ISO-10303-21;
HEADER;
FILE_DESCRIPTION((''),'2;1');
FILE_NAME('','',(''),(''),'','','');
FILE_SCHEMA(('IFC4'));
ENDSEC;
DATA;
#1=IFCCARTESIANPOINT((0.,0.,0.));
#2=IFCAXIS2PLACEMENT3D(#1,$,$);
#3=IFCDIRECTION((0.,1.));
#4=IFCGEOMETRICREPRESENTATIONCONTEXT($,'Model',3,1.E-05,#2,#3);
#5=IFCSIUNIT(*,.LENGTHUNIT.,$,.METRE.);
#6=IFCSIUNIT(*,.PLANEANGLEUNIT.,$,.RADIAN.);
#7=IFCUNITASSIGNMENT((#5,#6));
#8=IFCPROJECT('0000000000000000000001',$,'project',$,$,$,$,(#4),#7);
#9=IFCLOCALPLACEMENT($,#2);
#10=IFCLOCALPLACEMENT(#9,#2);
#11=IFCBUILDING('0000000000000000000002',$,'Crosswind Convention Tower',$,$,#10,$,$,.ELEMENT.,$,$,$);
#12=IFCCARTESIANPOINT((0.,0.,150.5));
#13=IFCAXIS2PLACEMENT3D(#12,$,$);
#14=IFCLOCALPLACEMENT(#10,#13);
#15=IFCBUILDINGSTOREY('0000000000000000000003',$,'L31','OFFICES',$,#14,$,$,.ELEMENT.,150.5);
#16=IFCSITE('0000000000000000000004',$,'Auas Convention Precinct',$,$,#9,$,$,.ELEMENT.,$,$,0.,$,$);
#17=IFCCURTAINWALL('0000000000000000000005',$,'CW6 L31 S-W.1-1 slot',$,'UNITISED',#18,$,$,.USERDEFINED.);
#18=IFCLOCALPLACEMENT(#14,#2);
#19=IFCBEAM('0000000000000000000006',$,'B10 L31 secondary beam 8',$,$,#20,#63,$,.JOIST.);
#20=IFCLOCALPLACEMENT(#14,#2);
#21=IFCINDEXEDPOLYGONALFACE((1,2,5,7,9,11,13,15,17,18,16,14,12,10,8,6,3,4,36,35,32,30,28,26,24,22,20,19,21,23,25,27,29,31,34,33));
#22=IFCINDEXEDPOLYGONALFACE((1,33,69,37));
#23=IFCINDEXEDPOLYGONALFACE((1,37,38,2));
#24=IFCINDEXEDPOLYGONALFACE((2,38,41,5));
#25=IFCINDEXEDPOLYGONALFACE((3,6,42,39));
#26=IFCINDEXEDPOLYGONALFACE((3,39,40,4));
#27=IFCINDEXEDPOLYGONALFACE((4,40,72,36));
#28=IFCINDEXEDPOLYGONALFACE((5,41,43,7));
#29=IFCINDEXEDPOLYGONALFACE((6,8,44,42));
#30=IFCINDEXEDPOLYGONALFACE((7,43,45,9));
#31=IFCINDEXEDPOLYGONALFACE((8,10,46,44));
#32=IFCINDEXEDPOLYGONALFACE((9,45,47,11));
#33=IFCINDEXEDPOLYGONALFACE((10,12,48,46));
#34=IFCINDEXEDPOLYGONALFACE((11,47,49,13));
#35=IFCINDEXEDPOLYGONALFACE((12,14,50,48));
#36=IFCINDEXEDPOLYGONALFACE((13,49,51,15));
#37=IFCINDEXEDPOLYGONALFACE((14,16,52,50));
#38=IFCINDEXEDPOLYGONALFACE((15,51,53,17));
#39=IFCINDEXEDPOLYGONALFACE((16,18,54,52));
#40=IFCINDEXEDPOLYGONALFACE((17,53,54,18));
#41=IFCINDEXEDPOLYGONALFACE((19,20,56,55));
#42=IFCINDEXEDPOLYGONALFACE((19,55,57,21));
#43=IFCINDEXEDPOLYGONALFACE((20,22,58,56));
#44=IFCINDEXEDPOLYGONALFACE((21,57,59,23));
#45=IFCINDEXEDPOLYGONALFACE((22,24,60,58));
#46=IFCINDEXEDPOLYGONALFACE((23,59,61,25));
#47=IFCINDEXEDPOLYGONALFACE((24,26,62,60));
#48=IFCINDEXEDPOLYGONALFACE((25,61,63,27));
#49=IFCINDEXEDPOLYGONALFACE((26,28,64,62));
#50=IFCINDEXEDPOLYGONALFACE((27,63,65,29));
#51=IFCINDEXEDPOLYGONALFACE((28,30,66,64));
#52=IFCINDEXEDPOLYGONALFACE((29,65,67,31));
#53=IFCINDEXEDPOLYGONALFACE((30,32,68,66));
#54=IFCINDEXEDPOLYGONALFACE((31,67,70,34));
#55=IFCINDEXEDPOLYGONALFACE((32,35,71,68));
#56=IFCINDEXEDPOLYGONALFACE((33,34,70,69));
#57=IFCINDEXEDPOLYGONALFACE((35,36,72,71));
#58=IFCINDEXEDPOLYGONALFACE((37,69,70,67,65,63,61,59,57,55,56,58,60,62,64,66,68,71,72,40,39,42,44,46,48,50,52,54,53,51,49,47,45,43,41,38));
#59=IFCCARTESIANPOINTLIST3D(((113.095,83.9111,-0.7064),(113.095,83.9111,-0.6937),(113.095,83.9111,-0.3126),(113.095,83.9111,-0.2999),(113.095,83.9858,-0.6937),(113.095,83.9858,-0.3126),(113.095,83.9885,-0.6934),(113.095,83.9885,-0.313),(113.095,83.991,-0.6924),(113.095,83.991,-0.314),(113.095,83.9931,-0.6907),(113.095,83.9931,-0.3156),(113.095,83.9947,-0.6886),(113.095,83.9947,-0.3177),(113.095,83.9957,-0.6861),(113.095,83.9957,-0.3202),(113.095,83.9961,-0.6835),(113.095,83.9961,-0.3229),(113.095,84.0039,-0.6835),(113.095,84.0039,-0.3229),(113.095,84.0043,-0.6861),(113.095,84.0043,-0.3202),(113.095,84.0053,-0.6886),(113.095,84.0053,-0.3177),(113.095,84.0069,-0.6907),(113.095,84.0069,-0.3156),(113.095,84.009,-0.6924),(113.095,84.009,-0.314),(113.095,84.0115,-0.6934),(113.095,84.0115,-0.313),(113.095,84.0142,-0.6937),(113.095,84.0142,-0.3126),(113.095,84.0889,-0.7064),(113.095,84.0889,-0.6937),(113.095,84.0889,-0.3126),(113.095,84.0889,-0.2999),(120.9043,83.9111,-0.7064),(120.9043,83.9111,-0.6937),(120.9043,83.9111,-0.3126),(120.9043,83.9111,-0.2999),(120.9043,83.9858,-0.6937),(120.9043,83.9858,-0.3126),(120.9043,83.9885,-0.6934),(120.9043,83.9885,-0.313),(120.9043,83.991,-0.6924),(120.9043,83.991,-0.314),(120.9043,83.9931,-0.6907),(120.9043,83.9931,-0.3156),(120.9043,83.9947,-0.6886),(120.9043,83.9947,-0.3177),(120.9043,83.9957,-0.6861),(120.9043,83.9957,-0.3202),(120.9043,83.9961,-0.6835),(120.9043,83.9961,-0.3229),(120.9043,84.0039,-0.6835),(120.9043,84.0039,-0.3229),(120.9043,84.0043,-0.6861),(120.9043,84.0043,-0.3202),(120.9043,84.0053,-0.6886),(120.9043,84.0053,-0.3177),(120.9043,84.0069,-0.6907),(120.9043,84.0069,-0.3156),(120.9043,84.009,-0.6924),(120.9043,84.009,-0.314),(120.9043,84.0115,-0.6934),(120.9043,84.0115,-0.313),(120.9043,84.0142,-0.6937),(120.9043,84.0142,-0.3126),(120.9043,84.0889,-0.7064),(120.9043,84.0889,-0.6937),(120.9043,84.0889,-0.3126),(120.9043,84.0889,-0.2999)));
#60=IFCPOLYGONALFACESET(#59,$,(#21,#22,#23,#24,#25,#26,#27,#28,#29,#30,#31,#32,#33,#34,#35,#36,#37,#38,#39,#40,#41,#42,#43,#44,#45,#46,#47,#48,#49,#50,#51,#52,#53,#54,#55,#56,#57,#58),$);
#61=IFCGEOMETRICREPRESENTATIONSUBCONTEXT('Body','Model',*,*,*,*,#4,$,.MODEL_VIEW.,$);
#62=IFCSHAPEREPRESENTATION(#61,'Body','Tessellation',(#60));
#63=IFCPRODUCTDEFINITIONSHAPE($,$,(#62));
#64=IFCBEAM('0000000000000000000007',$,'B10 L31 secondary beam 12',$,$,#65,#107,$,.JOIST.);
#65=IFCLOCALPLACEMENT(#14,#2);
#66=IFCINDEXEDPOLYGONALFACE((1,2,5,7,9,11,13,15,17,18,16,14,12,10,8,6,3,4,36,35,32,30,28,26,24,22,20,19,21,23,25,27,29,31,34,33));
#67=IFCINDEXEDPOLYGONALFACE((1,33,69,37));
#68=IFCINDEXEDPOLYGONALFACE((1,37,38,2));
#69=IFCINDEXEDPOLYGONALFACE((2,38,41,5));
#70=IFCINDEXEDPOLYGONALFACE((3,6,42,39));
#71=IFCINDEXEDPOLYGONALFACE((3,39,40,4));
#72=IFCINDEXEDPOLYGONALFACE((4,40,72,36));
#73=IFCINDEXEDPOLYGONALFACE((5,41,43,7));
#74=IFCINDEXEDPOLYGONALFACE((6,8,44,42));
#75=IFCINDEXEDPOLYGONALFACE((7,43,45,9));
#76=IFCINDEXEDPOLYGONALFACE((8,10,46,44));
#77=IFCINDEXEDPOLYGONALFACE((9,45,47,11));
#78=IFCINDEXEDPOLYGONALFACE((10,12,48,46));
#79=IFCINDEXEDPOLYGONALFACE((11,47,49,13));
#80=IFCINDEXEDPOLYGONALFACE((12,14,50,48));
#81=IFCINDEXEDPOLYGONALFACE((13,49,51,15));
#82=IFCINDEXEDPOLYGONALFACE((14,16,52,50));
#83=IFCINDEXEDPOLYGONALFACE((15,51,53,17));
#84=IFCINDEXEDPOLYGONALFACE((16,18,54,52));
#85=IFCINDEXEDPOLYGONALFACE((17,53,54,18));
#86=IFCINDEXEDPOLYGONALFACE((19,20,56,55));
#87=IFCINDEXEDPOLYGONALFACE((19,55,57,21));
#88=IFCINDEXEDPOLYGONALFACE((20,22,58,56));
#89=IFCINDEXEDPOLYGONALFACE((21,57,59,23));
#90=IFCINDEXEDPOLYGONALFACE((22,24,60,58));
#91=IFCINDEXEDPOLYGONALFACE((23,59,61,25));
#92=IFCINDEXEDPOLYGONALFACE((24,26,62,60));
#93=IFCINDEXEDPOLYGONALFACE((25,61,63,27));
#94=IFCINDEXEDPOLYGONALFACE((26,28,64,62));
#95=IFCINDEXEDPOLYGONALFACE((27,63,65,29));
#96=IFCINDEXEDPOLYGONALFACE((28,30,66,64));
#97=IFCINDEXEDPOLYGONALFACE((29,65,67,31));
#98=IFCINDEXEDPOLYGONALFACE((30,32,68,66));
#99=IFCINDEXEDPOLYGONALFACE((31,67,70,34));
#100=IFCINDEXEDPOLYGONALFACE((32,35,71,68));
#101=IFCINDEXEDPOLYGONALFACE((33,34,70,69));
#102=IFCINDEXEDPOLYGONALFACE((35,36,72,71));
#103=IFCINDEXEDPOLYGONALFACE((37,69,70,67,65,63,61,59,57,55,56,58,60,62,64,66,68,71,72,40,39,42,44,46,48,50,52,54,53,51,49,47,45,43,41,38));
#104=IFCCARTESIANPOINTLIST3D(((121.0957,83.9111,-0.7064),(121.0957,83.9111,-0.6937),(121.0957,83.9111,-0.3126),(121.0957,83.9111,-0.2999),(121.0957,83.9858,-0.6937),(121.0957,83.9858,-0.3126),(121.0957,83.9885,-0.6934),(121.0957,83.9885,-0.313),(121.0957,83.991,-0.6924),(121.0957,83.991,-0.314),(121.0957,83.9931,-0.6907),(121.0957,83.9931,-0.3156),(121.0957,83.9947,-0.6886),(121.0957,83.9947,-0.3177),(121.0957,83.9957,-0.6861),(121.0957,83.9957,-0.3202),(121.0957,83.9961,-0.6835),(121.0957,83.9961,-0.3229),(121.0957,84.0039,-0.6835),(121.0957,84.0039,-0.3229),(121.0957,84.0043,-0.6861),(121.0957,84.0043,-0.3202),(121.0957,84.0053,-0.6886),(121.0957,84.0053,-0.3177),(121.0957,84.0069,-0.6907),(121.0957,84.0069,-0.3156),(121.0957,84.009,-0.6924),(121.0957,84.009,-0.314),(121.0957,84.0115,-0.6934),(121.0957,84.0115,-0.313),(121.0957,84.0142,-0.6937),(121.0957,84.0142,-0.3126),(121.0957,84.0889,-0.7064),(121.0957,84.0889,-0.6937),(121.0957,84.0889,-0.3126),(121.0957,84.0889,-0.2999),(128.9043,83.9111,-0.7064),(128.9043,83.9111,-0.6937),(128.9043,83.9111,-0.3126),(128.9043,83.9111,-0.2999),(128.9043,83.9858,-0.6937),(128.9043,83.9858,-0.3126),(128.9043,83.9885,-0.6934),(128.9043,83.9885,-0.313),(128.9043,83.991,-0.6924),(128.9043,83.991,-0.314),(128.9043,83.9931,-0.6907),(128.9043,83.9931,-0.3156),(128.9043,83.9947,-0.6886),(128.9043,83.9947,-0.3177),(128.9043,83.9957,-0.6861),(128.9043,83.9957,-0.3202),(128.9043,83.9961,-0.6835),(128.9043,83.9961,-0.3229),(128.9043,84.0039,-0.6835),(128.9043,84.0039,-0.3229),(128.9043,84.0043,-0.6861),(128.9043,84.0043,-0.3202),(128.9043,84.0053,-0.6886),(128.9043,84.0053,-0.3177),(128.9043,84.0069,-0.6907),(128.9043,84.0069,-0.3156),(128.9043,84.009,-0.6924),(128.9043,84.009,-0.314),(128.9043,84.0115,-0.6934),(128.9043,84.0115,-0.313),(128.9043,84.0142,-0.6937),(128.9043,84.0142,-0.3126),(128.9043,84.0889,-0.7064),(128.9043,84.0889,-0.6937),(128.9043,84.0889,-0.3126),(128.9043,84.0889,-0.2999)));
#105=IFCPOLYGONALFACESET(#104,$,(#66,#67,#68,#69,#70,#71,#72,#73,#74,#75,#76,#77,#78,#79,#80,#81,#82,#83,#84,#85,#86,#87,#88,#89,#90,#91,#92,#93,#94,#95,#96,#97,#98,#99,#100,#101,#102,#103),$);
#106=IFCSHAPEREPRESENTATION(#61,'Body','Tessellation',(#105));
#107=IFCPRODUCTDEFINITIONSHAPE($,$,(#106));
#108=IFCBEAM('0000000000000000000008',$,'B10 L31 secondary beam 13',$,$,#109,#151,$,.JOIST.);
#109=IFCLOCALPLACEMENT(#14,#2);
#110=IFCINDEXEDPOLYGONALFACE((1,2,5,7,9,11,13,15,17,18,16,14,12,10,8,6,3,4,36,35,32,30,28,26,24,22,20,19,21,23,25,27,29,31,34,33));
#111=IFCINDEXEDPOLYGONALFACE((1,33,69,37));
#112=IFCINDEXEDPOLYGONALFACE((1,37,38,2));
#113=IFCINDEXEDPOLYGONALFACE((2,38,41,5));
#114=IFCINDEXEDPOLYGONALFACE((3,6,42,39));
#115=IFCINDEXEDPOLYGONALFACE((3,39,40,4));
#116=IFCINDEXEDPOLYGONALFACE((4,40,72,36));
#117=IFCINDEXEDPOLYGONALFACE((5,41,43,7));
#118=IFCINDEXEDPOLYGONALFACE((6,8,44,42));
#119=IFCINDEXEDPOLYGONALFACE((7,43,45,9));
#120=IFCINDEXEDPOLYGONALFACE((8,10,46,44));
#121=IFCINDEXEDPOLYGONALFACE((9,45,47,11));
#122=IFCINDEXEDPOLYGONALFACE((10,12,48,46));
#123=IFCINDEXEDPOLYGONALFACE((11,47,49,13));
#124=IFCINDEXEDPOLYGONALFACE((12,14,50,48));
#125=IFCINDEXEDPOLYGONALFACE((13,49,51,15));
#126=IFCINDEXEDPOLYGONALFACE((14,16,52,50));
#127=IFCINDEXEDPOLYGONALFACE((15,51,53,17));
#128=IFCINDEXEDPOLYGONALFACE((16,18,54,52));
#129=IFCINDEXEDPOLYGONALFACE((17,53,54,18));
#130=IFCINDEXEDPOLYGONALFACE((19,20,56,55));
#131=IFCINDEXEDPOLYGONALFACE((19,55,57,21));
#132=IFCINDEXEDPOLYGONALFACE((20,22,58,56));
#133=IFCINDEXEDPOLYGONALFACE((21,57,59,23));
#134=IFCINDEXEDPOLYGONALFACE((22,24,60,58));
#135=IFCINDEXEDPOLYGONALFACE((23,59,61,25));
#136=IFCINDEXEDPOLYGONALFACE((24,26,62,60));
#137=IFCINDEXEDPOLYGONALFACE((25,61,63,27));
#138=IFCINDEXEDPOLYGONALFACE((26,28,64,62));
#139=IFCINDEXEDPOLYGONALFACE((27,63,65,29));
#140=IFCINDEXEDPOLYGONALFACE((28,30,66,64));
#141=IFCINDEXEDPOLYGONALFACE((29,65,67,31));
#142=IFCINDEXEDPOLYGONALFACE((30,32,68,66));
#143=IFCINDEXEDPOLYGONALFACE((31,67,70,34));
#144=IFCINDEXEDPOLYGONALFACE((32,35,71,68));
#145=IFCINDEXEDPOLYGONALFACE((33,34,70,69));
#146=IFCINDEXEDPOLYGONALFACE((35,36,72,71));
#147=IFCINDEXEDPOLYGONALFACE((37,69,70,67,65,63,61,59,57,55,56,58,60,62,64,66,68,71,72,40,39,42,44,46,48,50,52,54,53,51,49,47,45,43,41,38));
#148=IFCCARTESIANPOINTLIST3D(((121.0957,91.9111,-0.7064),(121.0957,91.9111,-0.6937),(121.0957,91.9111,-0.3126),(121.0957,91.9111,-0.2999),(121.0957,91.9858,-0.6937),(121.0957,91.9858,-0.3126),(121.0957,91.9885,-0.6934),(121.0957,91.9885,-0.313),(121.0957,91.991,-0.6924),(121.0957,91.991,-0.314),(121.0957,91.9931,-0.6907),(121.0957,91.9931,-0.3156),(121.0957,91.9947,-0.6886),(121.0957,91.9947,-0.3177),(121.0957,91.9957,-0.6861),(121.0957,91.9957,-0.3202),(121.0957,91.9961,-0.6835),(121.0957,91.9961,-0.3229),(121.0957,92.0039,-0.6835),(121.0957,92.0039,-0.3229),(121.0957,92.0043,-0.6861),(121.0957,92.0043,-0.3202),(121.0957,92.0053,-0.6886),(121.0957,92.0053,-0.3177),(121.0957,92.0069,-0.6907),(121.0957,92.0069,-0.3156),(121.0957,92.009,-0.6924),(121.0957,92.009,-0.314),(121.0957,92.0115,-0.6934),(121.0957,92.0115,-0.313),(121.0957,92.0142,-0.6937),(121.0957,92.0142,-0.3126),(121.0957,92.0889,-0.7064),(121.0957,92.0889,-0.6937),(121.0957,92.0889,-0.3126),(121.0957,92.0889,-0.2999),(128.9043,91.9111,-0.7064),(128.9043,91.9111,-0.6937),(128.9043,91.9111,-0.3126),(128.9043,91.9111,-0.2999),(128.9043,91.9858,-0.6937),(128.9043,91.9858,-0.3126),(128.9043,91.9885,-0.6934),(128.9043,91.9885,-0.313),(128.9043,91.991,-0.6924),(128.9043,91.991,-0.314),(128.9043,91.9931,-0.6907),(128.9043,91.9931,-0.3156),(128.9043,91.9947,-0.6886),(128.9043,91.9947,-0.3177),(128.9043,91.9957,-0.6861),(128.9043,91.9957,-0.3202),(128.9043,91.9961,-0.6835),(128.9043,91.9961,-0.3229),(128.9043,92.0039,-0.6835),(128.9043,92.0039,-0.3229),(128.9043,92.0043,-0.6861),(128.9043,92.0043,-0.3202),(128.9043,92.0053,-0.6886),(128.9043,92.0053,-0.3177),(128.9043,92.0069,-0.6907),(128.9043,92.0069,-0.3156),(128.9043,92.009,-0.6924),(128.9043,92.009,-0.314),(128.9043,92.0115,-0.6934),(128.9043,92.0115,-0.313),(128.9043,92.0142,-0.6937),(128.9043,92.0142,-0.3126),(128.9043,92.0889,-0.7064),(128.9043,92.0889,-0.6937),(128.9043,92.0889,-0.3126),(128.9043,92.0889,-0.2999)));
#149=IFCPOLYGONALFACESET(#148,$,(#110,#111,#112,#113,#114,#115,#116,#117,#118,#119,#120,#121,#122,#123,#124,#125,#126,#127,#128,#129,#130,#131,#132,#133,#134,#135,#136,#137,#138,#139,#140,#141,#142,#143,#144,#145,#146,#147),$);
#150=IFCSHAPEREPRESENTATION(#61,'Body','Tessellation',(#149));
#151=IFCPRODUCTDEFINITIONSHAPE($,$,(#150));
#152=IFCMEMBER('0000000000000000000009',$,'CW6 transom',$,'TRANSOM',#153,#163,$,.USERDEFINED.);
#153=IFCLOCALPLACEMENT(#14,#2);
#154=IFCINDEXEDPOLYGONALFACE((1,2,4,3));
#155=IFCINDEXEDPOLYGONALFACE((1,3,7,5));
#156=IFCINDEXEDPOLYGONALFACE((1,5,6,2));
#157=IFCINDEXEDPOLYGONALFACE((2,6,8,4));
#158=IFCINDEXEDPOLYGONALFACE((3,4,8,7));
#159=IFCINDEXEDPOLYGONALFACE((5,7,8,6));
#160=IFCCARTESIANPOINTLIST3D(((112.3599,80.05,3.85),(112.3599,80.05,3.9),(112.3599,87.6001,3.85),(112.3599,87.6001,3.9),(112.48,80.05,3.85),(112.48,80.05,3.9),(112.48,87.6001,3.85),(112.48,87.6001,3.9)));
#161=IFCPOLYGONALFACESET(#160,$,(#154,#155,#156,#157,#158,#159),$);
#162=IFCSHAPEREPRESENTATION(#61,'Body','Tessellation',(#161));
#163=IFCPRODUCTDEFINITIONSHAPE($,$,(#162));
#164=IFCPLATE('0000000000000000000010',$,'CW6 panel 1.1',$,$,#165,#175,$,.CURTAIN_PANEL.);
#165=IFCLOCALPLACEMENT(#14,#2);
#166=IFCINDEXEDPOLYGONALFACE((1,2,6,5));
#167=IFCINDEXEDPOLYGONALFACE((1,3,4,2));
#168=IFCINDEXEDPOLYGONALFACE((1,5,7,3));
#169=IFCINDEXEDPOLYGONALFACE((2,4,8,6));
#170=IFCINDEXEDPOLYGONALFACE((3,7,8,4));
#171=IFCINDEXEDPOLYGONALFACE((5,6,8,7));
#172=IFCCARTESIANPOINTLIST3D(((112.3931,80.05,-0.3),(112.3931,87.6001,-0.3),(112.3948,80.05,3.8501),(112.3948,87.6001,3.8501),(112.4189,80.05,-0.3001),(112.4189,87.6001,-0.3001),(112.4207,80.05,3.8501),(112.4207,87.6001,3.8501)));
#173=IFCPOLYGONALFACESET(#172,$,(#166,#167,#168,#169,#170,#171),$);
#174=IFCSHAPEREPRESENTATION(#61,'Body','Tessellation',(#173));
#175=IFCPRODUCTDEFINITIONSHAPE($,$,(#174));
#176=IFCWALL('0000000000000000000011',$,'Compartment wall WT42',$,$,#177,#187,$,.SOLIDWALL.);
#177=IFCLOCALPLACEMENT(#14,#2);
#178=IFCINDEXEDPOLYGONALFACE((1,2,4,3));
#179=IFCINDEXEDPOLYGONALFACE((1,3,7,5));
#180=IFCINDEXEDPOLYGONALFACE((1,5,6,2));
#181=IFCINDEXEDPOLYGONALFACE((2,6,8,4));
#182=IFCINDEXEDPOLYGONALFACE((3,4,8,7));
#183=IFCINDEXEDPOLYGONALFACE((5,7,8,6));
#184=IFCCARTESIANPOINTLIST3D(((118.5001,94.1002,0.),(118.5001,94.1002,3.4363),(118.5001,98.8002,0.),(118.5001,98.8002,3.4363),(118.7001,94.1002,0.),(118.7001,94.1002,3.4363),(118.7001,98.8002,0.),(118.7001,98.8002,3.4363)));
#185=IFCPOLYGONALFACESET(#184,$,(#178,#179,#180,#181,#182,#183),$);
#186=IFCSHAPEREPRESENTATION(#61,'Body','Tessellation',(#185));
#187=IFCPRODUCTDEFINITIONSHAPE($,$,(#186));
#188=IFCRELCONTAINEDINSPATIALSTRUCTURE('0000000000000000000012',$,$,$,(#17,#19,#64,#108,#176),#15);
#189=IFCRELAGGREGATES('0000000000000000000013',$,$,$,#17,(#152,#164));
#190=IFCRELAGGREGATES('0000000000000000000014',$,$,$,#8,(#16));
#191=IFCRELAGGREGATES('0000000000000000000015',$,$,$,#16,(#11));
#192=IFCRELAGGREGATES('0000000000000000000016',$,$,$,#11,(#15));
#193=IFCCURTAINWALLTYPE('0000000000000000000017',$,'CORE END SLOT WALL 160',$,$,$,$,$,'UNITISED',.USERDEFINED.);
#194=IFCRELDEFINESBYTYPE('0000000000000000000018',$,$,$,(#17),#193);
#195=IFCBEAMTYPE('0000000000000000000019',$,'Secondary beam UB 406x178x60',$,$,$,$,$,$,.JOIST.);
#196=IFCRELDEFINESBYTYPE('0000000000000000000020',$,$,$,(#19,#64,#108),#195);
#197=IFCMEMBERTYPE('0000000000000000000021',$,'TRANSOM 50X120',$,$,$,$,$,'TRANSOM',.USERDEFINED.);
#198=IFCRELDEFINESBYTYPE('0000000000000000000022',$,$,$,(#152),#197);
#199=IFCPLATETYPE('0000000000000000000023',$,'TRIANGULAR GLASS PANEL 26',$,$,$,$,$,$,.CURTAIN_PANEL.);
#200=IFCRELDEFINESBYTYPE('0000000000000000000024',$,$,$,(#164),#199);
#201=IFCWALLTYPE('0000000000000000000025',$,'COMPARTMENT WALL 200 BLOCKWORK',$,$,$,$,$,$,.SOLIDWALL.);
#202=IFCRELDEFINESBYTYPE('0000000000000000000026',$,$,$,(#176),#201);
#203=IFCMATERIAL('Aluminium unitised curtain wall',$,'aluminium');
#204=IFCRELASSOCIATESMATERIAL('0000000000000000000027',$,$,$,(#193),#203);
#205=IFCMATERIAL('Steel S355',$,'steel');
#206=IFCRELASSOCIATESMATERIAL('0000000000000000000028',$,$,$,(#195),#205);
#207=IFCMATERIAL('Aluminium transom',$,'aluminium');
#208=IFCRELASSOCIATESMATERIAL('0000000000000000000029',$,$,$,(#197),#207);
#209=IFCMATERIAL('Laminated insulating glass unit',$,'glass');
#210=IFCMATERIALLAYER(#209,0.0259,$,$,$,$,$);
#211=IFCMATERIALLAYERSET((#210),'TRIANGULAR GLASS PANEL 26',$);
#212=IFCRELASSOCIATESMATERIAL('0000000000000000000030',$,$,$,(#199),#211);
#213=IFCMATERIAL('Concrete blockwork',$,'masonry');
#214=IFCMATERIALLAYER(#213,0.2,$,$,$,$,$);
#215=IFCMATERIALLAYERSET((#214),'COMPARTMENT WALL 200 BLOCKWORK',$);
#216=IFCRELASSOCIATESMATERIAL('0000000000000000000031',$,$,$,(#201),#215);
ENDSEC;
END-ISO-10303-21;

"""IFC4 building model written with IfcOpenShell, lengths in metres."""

from ifc_helpers import new_model, si_unit, direction, frame, frame_2d, origin, origin_2d, place, context, subcontext, project, spatial, polyline, rectangle, i_section, outline, extrude, material, layer, layer_set, material_profile, profile_set, type_object, element, aggregate, save


model = new_model("IFC4")

# Units and contexts
model_context = context("Model", 3, precision=1e-05, world=origin(), true_north=direction((0.0, 1.0)))
body_context = subcontext(model_context, "Body", "Model", "MODEL_VIEW")
ifc_project = project(units=[si_unit("LENGTHUNIT", "METRE"), si_unit("PLANEANGLEUNIT", "RADIAN")], contexts=[model_context])

# Site, building, storey
site_placement = place(None, origin())
site = spatial("IfcSite", under=ifc_project, at=site_placement, Name="Auas Convention Precinct", CompositionType="ELEMENT", RefElevation=0.0)
building_placement = place(site_placement, origin())
building = spatial("IfcBuilding", under=site, at=building_placement, Name="Crosswind Convention Tower", CompositionType="ELEMENT")
storey_placement = place(building_placement, frame((0.0, 0.0, 150.5)))
storey = spatial("IfcBuildingStorey", under=building, at=storey_placement, Name="L31", Description="OFFICES", CompositionType="ELEMENT", Elevation=150.5)

# Shared definitions
ifc_material_1 = material(Name="Steel S355", Category="steel")

# Curtain wall
ifc_material_2 = material(Name="Aluminium unitised curtain wall", Category="aluminium")
curtain_wall_type = type_object("IfcCurtainWallType", Name="CORE END SLOT WALL 160", ElementType="UNITISED", PredefinedType="USERDEFINED", material=ifc_material_2)
curtain_wall_placement = place(storey_placement, origin())
curtain_wall = element("IfcCurtainWall", 1, at=curtain_wall_placement, inside=storey, type_object=curtain_wall_type, Name="CW6 L31 S-W.1-1 slot", ObjectType="UNITISED", PredefinedType="USERDEFINED")

# Beams
ifc_material_profile_1 = material_profile(ifc_material_1, i_section(OverallWidth=0.1777, OverallDepth=0.4065, WebThickness=0.0078, FlangeThickness=0.0127, FilletRadius=0.0103, at=origin_2d()), Name="UB 406x178x60")
ifc_profile_set_1 = profile_set([ifc_material_profile_1], Name="Steel S355")
beam_type_1 = type_object("IfcBeamType", Name="Secondary beam UB 406x178x60", PredefinedType="JOIST", material=ifc_profile_set_1)
beam_1_placement = place(storey_placement, frame((113.095, 84.0, -0.5032), z_axis=(1.0, 0.0, 0.0), x_axis=(0.0, 1.0, 0.0)))
element("IfcBeam", 2, at=beam_1_placement, inside=storey, type_object=beam_type_1, Name="B10 L31 secondary beam 8", PredefinedType="JOIST", context=body_context, shape_type="SweptSolid", body=[
    extrude(i_section(OverallWidth=0.1777, OverallDepth=0.4065, WebThickness=0.0078, FlangeThickness=0.0127, FilletRadius=0.0103, at=origin_2d()), origin(), (0.0, 0.0, 1.0), 7.8093),
])
for number, where, z_axis, x_axis, name in (
    (3, (121.0957, 84.0, -0.5032), (1.0, 0.0, 0.0), (0.0, 1.0, 0.0), "B10 L31 secondary beam 12"),
    (4, (121.0957, 92.0, -0.5032), (1.0, 0.0, 0.0), (0.0, 1.0, 0.0), "B10 L31 secondary beam 13"),
):
    element("IfcBeam", number, at=place(storey_placement, frame(where, z_axis=z_axis, x_axis=x_axis)), inside=storey, type_object=beam_type_1, Name=name, PredefinedType="JOIST", context=body_context, shape_type="SweptSolid", body=[
        extrude(i_section(OverallWidth=0.1777, OverallDepth=0.4065, WebThickness=0.0078, FlangeThickness=0.0127, FilletRadius=0.0103, at=origin_2d()), origin(), (0.0, 0.0, 1.0), 7.8086),
    ])

# Member
ifc_material_3 = material(Name="Aluminium transom", Category="aluminium")
ifc_material_profile_2 = material_profile(ifc_material_3, rectangle(XDim=0.1201, YDim=0.05, at=origin_2d()), Name="AL 120X50")
ifc_profile_set_2 = profile_set([ifc_material_profile_2], Name="Aluminium transom")
member_type_1 = type_object("IfcMemberType", Name="TRANSOM 50X120", ElementType="TRANSOM", PredefinedType="USERDEFINED", material=ifc_profile_set_2)
member_1_placement = place(storey_placement, frame((112.4199, 87.6001, 3.875), z_axis=(0.0, -1.0, 0.0), x_axis=(1.0, 0.0, 0.0)))
member_1 = element("IfcMember", 5, at=member_1_placement, type_object=member_type_1, Name="CW6 transom", ObjectType="TRANSOM", PredefinedType="USERDEFINED", context=body_context, shape_type="SweptSolid", body=[
    extrude(rectangle(XDim=0.1201, YDim=0.05, at=origin_2d()), origin(), (0.0, 0.0, 1.0), 7.55),
])

# Plate
ifc_material_4 = material(Name="Laminated insulating glass unit", Category="glass")
ifc_layer_1 = layer(ifc_material_4, 0.0259)
ifc_layer_set_1 = layer_set([ifc_layer_1], Name="TRIANGULAR GLASS PANEL 26")
plate_type = type_object("IfcPlateType", Name="TRIANGULAR GLASS PANEL 26", PredefinedType="CURTAIN_PANEL", material=ifc_layer_set_1)
plate_placement = place(storey_placement, frame((112.3931, 87.6001, -0.3), z_axis=(-1.0, 0.0, 0.000412), x_axis=(0.0, -1.0, 0.0)))
plate = element("IfcPlate", 6, at=plate_placement, type_object=plate_type, Name="CW6 panel 1.1", PredefinedType="CURTAIN_PANEL", context=body_context, shape_type="SweptSolid", body=[
    extrude(outline(polyline([(0.0, 0.0), (7.55, 0.0), (7.55, 4.1501), (0.0, 4.1501), (0.0, 0.0)])), origin(), (0.0, 0.0, -1.0), 0.0259),
])
aggregate(curtain_wall, [member_1, plate])

# Wall
ifc_material_5 = material(Name="Concrete blockwork", Category="masonry")
ifc_layer_2 = layer(ifc_material_5, 0.2)
ifc_layer_set_2 = layer_set([ifc_layer_2], Name="COMPARTMENT WALL 200 BLOCKWORK")
wall_type_1 = type_object("IfcWallType", Name="COMPARTMENT WALL 200 BLOCKWORK", PredefinedType="SOLIDWALL", material=ifc_layer_set_2)
wall_1_placement = place(storey_placement, frame((118.6001, 94.1001, 0.0), z_axis=(0.0, 0.0, 1.0), x_axis=(0.0, 1.0, 0.0)))
element("IfcWall", 7, at=wall_1_placement, inside=storey, type_object=wall_type_1, Name="Compartment wall WT42", PredefinedType="SOLIDWALL", context=body_context, shape_type="SweptSolid", body=[
    extrude(rectangle(XDim=4.7, YDim=0.2, at=frame_2d((2.3501, 0.0))), origin(), (0.0, 0.0, 1.0), 3.4363),
])

save(model, "model.ifc")
